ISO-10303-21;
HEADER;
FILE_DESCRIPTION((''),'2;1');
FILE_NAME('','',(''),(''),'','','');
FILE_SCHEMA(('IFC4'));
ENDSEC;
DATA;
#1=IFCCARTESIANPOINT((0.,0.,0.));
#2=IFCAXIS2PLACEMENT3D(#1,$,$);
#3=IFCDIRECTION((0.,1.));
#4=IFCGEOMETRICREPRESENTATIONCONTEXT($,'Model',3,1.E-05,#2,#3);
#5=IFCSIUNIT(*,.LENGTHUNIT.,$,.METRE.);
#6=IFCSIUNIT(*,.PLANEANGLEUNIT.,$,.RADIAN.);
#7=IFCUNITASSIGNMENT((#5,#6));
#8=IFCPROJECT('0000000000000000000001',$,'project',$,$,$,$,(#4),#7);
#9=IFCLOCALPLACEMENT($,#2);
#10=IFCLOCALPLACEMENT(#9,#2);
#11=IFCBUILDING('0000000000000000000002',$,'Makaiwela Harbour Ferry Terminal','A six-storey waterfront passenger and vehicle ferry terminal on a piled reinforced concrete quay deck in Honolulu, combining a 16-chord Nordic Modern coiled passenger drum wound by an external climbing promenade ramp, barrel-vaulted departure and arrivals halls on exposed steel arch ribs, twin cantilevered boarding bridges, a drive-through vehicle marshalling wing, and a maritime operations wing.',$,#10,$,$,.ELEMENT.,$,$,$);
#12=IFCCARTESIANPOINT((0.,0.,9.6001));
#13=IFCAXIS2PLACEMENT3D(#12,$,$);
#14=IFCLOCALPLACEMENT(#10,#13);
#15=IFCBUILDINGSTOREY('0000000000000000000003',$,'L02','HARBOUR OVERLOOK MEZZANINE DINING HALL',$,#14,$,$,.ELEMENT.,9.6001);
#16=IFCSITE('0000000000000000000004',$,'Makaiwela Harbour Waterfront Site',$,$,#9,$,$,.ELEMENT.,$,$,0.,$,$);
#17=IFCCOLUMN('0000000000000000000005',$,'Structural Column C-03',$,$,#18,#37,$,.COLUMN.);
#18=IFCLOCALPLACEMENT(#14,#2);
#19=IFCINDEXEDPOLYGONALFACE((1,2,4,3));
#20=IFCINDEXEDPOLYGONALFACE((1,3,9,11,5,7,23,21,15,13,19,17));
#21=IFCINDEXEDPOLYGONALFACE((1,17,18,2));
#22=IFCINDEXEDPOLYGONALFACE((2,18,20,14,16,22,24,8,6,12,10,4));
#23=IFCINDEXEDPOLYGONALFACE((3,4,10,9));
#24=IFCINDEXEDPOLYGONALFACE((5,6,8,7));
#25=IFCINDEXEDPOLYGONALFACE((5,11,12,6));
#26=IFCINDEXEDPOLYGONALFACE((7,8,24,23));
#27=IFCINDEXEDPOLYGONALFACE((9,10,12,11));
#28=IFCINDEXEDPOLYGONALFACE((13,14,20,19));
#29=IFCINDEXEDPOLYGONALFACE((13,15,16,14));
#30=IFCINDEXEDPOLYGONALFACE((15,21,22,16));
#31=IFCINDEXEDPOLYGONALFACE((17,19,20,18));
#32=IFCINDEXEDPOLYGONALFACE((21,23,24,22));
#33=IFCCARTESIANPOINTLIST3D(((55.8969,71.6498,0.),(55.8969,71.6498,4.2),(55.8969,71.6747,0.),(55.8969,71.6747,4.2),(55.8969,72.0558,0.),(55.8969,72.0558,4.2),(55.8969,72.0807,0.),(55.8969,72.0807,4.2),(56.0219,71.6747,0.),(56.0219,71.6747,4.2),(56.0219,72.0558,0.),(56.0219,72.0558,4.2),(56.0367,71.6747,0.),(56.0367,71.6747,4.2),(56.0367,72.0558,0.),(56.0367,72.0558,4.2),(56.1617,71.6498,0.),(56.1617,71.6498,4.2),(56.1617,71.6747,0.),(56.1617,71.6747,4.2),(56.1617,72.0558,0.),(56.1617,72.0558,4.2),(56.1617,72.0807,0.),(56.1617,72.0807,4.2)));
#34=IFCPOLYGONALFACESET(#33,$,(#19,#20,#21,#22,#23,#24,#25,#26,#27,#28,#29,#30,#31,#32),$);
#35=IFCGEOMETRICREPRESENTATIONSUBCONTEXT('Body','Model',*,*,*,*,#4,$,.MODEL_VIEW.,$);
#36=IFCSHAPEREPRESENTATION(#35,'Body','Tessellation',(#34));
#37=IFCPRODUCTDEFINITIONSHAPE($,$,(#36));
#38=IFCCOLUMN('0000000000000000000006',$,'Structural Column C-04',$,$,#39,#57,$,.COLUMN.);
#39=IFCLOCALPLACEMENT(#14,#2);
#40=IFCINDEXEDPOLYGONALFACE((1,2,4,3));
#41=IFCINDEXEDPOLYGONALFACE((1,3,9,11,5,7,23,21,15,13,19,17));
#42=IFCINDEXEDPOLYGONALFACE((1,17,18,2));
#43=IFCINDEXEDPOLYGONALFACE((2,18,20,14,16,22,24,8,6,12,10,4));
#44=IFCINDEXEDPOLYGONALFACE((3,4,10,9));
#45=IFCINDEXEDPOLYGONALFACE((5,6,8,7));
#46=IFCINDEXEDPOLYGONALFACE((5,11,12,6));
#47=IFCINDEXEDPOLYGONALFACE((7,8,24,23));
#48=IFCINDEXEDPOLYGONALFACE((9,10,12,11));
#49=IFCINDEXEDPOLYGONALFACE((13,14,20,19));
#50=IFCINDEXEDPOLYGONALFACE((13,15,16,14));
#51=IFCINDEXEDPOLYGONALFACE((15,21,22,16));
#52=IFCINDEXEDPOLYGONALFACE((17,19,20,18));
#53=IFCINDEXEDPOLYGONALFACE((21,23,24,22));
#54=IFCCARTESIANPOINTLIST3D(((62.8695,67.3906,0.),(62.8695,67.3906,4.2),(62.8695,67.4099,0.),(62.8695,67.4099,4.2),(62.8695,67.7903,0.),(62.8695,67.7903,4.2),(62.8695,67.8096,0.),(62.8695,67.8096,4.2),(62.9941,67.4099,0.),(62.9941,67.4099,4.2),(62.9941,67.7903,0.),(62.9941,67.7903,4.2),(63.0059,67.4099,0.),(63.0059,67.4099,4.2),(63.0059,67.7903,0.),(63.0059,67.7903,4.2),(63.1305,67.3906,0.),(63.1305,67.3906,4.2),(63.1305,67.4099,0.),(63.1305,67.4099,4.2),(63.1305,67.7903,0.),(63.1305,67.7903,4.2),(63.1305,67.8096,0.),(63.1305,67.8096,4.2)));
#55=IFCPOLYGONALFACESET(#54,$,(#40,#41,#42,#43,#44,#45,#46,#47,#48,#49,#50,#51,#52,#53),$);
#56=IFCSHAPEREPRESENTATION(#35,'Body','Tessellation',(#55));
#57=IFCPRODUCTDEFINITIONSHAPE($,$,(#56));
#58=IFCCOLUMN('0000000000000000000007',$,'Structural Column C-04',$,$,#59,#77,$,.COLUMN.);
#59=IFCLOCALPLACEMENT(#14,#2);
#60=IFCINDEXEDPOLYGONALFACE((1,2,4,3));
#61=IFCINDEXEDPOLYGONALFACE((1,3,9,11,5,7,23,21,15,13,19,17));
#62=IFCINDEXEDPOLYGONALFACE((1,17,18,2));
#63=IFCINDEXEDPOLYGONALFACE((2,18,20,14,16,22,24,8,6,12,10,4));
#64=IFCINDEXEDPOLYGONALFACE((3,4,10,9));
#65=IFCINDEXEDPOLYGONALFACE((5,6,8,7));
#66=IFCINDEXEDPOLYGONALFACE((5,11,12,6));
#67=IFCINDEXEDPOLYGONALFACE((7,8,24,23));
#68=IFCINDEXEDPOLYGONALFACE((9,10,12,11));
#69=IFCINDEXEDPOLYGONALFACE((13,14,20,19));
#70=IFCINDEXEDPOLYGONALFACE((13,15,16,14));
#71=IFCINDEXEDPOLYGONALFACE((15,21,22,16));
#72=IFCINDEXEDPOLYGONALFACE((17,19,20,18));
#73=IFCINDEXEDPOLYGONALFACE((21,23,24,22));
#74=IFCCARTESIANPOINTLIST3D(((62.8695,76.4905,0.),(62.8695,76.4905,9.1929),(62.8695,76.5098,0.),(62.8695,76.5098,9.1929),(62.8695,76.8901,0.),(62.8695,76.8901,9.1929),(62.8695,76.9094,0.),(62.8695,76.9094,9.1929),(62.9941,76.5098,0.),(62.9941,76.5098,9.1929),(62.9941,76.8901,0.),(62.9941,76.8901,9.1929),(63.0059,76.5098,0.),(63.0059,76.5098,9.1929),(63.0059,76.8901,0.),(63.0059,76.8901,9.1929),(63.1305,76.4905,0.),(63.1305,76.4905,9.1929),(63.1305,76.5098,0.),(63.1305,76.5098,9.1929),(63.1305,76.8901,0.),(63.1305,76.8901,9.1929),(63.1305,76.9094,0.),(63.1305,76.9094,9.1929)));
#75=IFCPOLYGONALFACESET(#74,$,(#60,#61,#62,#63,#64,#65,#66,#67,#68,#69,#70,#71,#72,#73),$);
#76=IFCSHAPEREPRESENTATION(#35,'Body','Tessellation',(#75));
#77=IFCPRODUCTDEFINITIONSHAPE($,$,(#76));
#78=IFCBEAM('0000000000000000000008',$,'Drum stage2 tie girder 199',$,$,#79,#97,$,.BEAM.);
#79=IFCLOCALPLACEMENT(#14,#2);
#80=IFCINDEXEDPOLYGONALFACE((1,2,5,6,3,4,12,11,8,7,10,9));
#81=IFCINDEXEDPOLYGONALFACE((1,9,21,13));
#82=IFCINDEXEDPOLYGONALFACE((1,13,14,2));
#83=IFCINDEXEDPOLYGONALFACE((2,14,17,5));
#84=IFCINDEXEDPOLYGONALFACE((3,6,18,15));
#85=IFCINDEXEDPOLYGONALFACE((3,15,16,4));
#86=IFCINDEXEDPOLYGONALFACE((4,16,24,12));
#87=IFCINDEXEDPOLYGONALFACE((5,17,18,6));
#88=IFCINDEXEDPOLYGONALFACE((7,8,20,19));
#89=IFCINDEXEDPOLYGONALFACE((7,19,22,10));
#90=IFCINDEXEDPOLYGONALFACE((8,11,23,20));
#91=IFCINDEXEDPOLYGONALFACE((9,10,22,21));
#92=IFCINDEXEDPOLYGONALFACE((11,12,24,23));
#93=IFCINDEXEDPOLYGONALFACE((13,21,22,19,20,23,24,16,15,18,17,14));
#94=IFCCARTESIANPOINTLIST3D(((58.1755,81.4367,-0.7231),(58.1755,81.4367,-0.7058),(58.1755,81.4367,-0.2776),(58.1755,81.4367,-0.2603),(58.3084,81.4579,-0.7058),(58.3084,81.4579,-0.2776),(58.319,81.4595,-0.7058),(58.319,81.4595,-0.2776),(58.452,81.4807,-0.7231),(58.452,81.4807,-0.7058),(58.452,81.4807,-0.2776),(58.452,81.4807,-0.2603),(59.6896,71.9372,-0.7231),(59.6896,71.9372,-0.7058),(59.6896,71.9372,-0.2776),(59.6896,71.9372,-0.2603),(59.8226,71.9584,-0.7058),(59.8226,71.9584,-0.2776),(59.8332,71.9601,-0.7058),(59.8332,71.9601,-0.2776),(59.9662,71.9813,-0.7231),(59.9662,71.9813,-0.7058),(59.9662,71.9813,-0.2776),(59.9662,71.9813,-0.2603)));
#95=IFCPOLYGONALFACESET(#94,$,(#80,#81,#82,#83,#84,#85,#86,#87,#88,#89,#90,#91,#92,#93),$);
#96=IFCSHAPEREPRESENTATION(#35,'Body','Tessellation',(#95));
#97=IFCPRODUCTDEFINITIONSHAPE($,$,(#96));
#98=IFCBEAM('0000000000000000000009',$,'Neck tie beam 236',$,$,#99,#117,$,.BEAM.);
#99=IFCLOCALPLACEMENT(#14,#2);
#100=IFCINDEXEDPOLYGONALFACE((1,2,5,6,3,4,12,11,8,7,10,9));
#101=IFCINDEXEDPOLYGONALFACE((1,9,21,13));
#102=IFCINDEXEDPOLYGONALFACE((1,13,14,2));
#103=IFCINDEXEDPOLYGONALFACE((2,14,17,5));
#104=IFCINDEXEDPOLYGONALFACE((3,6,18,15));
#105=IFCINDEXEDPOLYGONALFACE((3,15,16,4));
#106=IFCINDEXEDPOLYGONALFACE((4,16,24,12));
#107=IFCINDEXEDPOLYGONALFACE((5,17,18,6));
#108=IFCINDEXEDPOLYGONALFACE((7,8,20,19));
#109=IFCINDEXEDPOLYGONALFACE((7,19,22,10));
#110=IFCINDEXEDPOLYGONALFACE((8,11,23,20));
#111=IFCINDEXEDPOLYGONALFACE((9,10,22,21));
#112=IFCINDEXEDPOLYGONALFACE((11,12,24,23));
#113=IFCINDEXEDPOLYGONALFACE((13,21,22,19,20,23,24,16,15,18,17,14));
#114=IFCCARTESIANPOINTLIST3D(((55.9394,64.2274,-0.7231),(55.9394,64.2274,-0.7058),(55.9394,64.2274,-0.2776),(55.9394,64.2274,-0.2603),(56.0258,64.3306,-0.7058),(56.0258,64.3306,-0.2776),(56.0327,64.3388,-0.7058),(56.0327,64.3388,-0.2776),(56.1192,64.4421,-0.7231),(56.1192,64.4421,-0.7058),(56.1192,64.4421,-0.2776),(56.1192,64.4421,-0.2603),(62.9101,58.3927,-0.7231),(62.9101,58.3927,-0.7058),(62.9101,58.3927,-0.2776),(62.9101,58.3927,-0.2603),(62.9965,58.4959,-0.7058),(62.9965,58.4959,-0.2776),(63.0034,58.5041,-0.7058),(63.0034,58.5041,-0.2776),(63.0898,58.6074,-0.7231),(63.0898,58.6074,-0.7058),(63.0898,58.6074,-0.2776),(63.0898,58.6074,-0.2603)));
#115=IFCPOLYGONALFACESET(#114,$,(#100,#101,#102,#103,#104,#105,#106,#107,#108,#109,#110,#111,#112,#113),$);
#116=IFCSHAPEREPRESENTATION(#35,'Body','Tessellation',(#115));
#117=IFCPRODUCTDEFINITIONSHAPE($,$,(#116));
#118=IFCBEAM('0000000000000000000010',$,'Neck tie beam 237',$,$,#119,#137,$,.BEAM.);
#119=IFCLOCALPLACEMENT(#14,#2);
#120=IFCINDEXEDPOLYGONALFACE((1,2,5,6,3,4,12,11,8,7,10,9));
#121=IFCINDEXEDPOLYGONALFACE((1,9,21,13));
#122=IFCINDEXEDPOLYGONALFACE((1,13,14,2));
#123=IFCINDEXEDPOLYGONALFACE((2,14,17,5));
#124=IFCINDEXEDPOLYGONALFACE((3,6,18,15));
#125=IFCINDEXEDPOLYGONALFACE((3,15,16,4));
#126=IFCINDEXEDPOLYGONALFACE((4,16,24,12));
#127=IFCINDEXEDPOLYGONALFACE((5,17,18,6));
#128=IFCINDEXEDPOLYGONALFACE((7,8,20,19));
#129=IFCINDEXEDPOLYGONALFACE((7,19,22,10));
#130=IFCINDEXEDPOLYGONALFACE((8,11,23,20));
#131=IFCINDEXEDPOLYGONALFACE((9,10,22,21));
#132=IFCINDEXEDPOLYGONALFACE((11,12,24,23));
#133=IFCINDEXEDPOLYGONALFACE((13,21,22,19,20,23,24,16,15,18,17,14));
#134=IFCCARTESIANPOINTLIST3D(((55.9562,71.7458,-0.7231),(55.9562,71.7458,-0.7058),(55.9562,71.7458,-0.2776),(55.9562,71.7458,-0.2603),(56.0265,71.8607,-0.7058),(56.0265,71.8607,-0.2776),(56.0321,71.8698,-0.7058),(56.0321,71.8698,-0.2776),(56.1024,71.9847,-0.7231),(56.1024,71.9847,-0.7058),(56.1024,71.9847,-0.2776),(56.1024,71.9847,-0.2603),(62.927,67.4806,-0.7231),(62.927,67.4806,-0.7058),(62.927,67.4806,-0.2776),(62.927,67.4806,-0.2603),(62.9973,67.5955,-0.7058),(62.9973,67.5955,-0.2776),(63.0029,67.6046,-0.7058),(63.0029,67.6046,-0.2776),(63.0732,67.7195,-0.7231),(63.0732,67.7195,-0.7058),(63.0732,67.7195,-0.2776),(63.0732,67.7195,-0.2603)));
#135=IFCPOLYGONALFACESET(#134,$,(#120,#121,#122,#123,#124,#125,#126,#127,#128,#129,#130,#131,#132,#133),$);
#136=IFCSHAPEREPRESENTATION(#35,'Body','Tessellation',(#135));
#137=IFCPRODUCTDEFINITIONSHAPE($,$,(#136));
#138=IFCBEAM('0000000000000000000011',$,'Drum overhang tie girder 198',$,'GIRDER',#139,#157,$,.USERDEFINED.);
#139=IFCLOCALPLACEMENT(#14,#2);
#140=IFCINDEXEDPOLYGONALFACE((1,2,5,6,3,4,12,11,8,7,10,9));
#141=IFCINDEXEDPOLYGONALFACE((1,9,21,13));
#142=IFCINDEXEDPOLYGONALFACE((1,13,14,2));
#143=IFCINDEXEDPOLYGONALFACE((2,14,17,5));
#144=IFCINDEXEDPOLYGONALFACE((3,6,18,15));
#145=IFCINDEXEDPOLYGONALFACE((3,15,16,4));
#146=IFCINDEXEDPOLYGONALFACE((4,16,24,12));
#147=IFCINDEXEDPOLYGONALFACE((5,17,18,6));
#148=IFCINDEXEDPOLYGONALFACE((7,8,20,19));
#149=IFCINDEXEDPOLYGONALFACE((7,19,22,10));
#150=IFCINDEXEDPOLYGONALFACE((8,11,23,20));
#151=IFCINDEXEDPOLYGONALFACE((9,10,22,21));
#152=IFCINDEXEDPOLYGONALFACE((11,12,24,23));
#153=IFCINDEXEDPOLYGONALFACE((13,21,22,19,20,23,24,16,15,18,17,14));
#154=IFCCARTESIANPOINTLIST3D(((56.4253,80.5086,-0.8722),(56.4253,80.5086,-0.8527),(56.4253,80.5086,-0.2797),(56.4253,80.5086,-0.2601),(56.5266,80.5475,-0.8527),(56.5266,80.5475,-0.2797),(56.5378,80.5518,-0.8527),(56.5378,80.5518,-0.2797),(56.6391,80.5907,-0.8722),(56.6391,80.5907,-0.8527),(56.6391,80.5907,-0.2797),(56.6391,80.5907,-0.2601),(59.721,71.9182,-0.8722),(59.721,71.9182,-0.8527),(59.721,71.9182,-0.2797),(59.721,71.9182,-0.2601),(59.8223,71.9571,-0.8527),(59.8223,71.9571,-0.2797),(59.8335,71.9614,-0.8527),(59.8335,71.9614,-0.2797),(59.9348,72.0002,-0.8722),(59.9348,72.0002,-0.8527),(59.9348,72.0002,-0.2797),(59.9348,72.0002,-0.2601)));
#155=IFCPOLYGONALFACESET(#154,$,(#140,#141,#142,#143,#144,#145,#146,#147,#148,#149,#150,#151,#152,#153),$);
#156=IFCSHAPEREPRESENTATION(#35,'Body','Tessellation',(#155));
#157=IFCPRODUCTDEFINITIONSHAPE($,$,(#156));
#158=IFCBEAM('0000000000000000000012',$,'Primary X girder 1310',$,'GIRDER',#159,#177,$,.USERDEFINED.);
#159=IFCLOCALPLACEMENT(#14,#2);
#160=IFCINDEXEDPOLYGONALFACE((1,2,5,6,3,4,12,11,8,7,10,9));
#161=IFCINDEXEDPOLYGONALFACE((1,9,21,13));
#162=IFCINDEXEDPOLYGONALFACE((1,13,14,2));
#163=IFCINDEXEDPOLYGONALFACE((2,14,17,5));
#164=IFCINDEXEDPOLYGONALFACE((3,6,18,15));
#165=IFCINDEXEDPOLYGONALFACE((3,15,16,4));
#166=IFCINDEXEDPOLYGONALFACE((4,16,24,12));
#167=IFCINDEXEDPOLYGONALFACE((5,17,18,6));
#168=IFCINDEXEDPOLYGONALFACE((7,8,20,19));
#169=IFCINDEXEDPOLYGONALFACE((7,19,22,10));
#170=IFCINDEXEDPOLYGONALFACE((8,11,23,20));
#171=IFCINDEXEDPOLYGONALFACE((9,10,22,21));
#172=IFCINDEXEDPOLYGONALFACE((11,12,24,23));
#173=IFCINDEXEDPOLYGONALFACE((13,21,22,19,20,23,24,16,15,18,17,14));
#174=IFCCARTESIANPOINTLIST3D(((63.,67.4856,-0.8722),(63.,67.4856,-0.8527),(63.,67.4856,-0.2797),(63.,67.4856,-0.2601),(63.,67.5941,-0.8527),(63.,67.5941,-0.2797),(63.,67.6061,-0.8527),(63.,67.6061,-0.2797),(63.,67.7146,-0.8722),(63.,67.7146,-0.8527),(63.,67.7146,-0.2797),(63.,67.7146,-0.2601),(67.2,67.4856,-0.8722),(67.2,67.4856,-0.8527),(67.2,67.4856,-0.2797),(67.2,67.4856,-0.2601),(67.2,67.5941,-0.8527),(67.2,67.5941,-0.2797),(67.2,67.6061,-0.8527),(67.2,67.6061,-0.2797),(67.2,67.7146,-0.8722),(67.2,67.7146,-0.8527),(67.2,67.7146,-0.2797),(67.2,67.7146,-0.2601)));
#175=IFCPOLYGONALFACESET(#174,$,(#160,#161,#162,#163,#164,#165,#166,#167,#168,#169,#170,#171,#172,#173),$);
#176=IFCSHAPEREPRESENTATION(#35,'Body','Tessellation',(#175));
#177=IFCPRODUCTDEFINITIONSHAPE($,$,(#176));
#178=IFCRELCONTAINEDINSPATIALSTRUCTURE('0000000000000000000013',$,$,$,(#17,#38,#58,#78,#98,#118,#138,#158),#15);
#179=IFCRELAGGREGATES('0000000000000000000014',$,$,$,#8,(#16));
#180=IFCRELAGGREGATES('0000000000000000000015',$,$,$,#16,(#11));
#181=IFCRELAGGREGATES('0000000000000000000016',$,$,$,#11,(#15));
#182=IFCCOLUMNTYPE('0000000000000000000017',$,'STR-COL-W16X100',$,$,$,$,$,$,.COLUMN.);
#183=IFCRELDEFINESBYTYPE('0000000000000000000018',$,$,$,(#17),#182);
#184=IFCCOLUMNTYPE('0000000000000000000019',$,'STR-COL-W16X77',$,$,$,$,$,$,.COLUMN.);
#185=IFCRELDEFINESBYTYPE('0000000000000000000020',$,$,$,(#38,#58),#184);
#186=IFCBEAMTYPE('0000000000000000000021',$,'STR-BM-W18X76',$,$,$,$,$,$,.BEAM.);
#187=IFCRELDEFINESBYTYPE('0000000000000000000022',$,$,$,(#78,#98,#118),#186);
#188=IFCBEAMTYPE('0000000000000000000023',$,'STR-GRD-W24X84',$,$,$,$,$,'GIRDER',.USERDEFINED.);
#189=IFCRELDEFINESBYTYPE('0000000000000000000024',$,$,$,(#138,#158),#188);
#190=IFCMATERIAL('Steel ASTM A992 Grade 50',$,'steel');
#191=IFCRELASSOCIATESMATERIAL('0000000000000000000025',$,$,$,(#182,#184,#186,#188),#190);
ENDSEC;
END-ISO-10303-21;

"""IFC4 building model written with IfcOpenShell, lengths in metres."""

from ifc_helpers import new_model, si_unit, direction, frame, origin, origin_2d, place, context, subcontext, project, spatial, i_section, extrude, material, material_profile, profile_set, type_object, element, save


model = new_model("IFC4")

# Units and contexts
model_context = context("Model", 3, precision=1e-05, world=origin(), true_north=direction((0.0, 1.0)))
body_context = subcontext(model_context, "Body", "Model", "MODEL_VIEW")
ifc_project = project(units=[si_unit("LENGTHUNIT", "METRE"), si_unit("PLANEANGLEUNIT", "RADIAN")], contexts=[model_context])

# Site, building, storey
site_placement = place(None, origin())
site = spatial("IfcSite", under=ifc_project, at=site_placement, Name="Makaiwela Harbour Waterfront Site", CompositionType="ELEMENT", RefElevation=0.0)
building_placement = place(site_placement, origin())
building = spatial("IfcBuilding", under=site, at=building_placement, Name="Makaiwela Harbour Ferry Terminal", Description="A six-storey waterfront passenger and vehicle ferry terminal on a piled reinforced concrete quay deck in Honolulu, combining a 16-chord Nordic Modern coiled passenger drum wound by an external climbing promenade ramp, barrel-vaulted departure and arrivals halls on exposed steel arch ribs, twin cantilevered boarding bridges, a drive-through vehicle marshalling wing, and a maritime operations wing.", CompositionType="ELEMENT")
storey_placement = place(building_placement, frame((0.0, 0.0, 9.6001)))
storey = spatial("IfcBuildingStorey", under=building, at=storey_placement, Name="L02", Description="HARBOUR OVERLOOK MEZZANINE DINING HALL", CompositionType="ELEMENT", Elevation=9.6001)

# Columns
ifc_material_1 = material(Name="Steel ASTM A992 Grade 50", Category="steel")
ifc_material_profile_1 = material_profile(ifc_material_1, i_section(OverallWidth=0.2649, OverallDepth=0.4309, WebThickness=0.0149, FlangeThickness=0.0249, at=origin_2d()), Name="W16X100")
ifc_profile_set_1 = profile_set([ifc_material_profile_1], Name="Steel ASTM A992 Grade 50")
column_type_1 = type_object("IfcColumnType", Name="STR-COL-W16X100", PredefinedType="COLUMN", material=ifc_profile_set_1)
column_1_placement = place(storey_placement, frame((56.0293, 71.8652, 0.0), z_axis=(0.0, 0.0, 1.0), x_axis=(1.0, 0.0, 0.0)))
element("IfcColumn", 1, at=column_1_placement, inside=storey, type_object=column_type_1, Name="Structural Column C-03", PredefinedType="COLUMN", context=body_context, shape_type="SweptSolid", body=[
    extrude(i_section(OverallWidth=0.2649, OverallDepth=0.4309, WebThickness=0.0149, FlangeThickness=0.0249, at=origin_2d()), origin(), (0.0, 0.0, 1.0), 4.2),
])
ifc_material_profile_2 = material_profile(ifc_material_1, i_section(OverallWidth=0.261, OverallDepth=0.4189, WebThickness=0.0117, FlangeThickness=0.0193, at=origin_2d()), Name="W16X77")
ifc_profile_set_2 = profile_set([ifc_material_profile_2], Name="Steel ASTM A992 Grade 50")
column_type_2 = type_object("IfcColumnType", Name="STR-COL-W16X77", PredefinedType="COLUMN", material=ifc_profile_set_2)
column_2_placement = place(storey_placement, frame((63.0, 67.6001, 0.0), z_axis=(0.0, 0.0, 1.0), x_axis=(1.0, 0.0, 0.0)))
element("IfcColumn", 2, at=column_2_placement, inside=storey, type_object=column_type_2, Name="Structural Column C-04", PredefinedType="COLUMN", context=body_context, shape_type="SweptSolid", body=[
    extrude(i_section(OverallWidth=0.261, OverallDepth=0.4189, WebThickness=0.0117, FlangeThickness=0.0193, at=origin_2d()), origin(), (0.0, 0.0, 1.0), 4.2),
])
column_3_placement = place(storey_placement, frame((63.0, 76.7, 0.0), z_axis=(0.0, 0.0, 1.0), x_axis=(1.0, 0.0, 0.0)))
element("IfcColumn", 3, at=column_3_placement, inside=storey, type_object=column_type_2, Name="Structural Column C-04", PredefinedType="COLUMN", context=body_context, shape_type="SweptSolid", body=[
    extrude(i_section(OverallWidth=0.261, OverallDepth=0.4189, WebThickness=0.0117, FlangeThickness=0.0193, at=origin_2d()), origin(), (0.0, 0.0, 1.0), 9.1929),
])

# Beams
ifc_material_profile_3 = material_profile(ifc_material_1, i_section(OverallWidth=0.28, OverallDepth=0.4629, WebThickness=0.0107, FlangeThickness=0.0173, at=origin_2d()), Name="W18X76")
ifc_profile_set_3 = profile_set([ifc_material_profile_3], Name="Steel ASTM A992 Grade 50")
beam_type_1 = type_object("IfcBeamType", Name="STR-BM-W18X76", PredefinedType="BEAM", material=ifc_profile_set_3)
beam_1_placement = place(storey_placement, frame((59.8279, 71.9592, -0.4917), z_axis=(-0.157406, 0.987534, 0.0), x_axis=(-0.987534, -0.157406, 0.0)))
element("IfcBeam", 4, at=beam_1_placement, inside=storey, type_object=beam_type_1, Name="Drum stage2 tie girder 199", PredefinedType="BEAM", context=body_context, shape_type="SweptSolid", body=[
    extrude(i_section(OverallWidth=0.28, OverallDepth=0.4629, WebThickness=0.0107, FlangeThickness=0.0173, at=origin_2d()), origin(), (0.0, 0.0, 1.0), 9.6194),
])
beam_2_placement = place(storey_placement, frame((56.0293, 64.3347, -0.4917), z_axis=(0.766824, -0.641858, 0.0), x_axis=(0.641858, 0.766824, 0.0)))
element("IfcBeam", 5, at=beam_2_placement, inside=storey, type_object=beam_type_1, Name="Neck tie beam 236", PredefinedType="BEAM", context=body_context, shape_type="SweptSolid", body=[
    extrude(i_section(OverallWidth=0.28, OverallDepth=0.4629, WebThickness=0.0107, FlangeThickness=0.0173, at=origin_2d()), origin(), (0.0, 0.0, 1.0), 9.0903),
])
beam_3_placement = place(storey_placement, frame((56.0293, 71.8652, -0.4917), z_axis=(0.852995, -0.521919, 0.0), x_axis=(0.521919, 0.852995, 0.0)))
element("IfcBeam", 6, at=beam_3_placement, inside=storey, type_object=beam_type_1, Name="Neck tie beam 237", PredefinedType="BEAM", context=body_context, shape_type="SweptSolid", body=[
    extrude(i_section(OverallWidth=0.28, OverallDepth=0.4629, WebThickness=0.0107, FlangeThickness=0.0173, at=origin_2d()), origin(), (0.0, 0.0, 1.0), 8.1721),
])
ifc_material_profile_4 = material_profile(ifc_material_1, i_section(OverallWidth=0.229, OverallDepth=0.6121, WebThickness=0.012, FlangeThickness=0.0195, at=origin_2d()), Name="W24X84")
ifc_profile_set_4 = profile_set([ifc_material_profile_4], Name="Steel ASTM A992 Grade 50")
beam_type_2 = type_object("IfcBeamType", Name="STR-GRD-W24X84", ElementType="GIRDER", PredefinedType="USERDEFINED", material=ifc_profile_set_4)
beam_4_placement = place(storey_placement, frame((59.8279, 71.9592, -0.5662), z_axis=(-0.358191, 0.933648, 0.0), x_axis=(-0.933648, -0.358191, 0.0)))
element("IfcBeam", 7, at=beam_4_placement, inside=storey, type_object=beam_type_2, Name="Drum overhang tie girder 198", ObjectType="GIRDER", PredefinedType="USERDEFINED", context=body_context, shape_type="SweptSolid", body=[
    extrude(i_section(OverallWidth=0.229, OverallDepth=0.6121, WebThickness=0.012, FlangeThickness=0.0195, at=origin_2d()), origin(), (0.0, 0.0, 1.0), 9.2009),
])
beam_5_placement = place(storey_placement, frame((63.0, 67.6001, -0.5662), z_axis=(1.0, 0.0, 0.0), x_axis=(0.0, 1.0, 0.0)))
element("IfcBeam", 8, at=beam_5_placement, inside=storey, type_object=beam_type_2, Name="Primary X girder 1310", ObjectType="GIRDER", PredefinedType="USERDEFINED", context=body_context, shape_type="SweptSolid", body=[
    extrude(i_section(OverallWidth=0.229, OverallDepth=0.6121, WebThickness=0.012, FlangeThickness=0.0195, at=origin_2d()), origin(), (0.0, 0.0, 1.0), 4.2),
])

save(model, "model.ifc")
